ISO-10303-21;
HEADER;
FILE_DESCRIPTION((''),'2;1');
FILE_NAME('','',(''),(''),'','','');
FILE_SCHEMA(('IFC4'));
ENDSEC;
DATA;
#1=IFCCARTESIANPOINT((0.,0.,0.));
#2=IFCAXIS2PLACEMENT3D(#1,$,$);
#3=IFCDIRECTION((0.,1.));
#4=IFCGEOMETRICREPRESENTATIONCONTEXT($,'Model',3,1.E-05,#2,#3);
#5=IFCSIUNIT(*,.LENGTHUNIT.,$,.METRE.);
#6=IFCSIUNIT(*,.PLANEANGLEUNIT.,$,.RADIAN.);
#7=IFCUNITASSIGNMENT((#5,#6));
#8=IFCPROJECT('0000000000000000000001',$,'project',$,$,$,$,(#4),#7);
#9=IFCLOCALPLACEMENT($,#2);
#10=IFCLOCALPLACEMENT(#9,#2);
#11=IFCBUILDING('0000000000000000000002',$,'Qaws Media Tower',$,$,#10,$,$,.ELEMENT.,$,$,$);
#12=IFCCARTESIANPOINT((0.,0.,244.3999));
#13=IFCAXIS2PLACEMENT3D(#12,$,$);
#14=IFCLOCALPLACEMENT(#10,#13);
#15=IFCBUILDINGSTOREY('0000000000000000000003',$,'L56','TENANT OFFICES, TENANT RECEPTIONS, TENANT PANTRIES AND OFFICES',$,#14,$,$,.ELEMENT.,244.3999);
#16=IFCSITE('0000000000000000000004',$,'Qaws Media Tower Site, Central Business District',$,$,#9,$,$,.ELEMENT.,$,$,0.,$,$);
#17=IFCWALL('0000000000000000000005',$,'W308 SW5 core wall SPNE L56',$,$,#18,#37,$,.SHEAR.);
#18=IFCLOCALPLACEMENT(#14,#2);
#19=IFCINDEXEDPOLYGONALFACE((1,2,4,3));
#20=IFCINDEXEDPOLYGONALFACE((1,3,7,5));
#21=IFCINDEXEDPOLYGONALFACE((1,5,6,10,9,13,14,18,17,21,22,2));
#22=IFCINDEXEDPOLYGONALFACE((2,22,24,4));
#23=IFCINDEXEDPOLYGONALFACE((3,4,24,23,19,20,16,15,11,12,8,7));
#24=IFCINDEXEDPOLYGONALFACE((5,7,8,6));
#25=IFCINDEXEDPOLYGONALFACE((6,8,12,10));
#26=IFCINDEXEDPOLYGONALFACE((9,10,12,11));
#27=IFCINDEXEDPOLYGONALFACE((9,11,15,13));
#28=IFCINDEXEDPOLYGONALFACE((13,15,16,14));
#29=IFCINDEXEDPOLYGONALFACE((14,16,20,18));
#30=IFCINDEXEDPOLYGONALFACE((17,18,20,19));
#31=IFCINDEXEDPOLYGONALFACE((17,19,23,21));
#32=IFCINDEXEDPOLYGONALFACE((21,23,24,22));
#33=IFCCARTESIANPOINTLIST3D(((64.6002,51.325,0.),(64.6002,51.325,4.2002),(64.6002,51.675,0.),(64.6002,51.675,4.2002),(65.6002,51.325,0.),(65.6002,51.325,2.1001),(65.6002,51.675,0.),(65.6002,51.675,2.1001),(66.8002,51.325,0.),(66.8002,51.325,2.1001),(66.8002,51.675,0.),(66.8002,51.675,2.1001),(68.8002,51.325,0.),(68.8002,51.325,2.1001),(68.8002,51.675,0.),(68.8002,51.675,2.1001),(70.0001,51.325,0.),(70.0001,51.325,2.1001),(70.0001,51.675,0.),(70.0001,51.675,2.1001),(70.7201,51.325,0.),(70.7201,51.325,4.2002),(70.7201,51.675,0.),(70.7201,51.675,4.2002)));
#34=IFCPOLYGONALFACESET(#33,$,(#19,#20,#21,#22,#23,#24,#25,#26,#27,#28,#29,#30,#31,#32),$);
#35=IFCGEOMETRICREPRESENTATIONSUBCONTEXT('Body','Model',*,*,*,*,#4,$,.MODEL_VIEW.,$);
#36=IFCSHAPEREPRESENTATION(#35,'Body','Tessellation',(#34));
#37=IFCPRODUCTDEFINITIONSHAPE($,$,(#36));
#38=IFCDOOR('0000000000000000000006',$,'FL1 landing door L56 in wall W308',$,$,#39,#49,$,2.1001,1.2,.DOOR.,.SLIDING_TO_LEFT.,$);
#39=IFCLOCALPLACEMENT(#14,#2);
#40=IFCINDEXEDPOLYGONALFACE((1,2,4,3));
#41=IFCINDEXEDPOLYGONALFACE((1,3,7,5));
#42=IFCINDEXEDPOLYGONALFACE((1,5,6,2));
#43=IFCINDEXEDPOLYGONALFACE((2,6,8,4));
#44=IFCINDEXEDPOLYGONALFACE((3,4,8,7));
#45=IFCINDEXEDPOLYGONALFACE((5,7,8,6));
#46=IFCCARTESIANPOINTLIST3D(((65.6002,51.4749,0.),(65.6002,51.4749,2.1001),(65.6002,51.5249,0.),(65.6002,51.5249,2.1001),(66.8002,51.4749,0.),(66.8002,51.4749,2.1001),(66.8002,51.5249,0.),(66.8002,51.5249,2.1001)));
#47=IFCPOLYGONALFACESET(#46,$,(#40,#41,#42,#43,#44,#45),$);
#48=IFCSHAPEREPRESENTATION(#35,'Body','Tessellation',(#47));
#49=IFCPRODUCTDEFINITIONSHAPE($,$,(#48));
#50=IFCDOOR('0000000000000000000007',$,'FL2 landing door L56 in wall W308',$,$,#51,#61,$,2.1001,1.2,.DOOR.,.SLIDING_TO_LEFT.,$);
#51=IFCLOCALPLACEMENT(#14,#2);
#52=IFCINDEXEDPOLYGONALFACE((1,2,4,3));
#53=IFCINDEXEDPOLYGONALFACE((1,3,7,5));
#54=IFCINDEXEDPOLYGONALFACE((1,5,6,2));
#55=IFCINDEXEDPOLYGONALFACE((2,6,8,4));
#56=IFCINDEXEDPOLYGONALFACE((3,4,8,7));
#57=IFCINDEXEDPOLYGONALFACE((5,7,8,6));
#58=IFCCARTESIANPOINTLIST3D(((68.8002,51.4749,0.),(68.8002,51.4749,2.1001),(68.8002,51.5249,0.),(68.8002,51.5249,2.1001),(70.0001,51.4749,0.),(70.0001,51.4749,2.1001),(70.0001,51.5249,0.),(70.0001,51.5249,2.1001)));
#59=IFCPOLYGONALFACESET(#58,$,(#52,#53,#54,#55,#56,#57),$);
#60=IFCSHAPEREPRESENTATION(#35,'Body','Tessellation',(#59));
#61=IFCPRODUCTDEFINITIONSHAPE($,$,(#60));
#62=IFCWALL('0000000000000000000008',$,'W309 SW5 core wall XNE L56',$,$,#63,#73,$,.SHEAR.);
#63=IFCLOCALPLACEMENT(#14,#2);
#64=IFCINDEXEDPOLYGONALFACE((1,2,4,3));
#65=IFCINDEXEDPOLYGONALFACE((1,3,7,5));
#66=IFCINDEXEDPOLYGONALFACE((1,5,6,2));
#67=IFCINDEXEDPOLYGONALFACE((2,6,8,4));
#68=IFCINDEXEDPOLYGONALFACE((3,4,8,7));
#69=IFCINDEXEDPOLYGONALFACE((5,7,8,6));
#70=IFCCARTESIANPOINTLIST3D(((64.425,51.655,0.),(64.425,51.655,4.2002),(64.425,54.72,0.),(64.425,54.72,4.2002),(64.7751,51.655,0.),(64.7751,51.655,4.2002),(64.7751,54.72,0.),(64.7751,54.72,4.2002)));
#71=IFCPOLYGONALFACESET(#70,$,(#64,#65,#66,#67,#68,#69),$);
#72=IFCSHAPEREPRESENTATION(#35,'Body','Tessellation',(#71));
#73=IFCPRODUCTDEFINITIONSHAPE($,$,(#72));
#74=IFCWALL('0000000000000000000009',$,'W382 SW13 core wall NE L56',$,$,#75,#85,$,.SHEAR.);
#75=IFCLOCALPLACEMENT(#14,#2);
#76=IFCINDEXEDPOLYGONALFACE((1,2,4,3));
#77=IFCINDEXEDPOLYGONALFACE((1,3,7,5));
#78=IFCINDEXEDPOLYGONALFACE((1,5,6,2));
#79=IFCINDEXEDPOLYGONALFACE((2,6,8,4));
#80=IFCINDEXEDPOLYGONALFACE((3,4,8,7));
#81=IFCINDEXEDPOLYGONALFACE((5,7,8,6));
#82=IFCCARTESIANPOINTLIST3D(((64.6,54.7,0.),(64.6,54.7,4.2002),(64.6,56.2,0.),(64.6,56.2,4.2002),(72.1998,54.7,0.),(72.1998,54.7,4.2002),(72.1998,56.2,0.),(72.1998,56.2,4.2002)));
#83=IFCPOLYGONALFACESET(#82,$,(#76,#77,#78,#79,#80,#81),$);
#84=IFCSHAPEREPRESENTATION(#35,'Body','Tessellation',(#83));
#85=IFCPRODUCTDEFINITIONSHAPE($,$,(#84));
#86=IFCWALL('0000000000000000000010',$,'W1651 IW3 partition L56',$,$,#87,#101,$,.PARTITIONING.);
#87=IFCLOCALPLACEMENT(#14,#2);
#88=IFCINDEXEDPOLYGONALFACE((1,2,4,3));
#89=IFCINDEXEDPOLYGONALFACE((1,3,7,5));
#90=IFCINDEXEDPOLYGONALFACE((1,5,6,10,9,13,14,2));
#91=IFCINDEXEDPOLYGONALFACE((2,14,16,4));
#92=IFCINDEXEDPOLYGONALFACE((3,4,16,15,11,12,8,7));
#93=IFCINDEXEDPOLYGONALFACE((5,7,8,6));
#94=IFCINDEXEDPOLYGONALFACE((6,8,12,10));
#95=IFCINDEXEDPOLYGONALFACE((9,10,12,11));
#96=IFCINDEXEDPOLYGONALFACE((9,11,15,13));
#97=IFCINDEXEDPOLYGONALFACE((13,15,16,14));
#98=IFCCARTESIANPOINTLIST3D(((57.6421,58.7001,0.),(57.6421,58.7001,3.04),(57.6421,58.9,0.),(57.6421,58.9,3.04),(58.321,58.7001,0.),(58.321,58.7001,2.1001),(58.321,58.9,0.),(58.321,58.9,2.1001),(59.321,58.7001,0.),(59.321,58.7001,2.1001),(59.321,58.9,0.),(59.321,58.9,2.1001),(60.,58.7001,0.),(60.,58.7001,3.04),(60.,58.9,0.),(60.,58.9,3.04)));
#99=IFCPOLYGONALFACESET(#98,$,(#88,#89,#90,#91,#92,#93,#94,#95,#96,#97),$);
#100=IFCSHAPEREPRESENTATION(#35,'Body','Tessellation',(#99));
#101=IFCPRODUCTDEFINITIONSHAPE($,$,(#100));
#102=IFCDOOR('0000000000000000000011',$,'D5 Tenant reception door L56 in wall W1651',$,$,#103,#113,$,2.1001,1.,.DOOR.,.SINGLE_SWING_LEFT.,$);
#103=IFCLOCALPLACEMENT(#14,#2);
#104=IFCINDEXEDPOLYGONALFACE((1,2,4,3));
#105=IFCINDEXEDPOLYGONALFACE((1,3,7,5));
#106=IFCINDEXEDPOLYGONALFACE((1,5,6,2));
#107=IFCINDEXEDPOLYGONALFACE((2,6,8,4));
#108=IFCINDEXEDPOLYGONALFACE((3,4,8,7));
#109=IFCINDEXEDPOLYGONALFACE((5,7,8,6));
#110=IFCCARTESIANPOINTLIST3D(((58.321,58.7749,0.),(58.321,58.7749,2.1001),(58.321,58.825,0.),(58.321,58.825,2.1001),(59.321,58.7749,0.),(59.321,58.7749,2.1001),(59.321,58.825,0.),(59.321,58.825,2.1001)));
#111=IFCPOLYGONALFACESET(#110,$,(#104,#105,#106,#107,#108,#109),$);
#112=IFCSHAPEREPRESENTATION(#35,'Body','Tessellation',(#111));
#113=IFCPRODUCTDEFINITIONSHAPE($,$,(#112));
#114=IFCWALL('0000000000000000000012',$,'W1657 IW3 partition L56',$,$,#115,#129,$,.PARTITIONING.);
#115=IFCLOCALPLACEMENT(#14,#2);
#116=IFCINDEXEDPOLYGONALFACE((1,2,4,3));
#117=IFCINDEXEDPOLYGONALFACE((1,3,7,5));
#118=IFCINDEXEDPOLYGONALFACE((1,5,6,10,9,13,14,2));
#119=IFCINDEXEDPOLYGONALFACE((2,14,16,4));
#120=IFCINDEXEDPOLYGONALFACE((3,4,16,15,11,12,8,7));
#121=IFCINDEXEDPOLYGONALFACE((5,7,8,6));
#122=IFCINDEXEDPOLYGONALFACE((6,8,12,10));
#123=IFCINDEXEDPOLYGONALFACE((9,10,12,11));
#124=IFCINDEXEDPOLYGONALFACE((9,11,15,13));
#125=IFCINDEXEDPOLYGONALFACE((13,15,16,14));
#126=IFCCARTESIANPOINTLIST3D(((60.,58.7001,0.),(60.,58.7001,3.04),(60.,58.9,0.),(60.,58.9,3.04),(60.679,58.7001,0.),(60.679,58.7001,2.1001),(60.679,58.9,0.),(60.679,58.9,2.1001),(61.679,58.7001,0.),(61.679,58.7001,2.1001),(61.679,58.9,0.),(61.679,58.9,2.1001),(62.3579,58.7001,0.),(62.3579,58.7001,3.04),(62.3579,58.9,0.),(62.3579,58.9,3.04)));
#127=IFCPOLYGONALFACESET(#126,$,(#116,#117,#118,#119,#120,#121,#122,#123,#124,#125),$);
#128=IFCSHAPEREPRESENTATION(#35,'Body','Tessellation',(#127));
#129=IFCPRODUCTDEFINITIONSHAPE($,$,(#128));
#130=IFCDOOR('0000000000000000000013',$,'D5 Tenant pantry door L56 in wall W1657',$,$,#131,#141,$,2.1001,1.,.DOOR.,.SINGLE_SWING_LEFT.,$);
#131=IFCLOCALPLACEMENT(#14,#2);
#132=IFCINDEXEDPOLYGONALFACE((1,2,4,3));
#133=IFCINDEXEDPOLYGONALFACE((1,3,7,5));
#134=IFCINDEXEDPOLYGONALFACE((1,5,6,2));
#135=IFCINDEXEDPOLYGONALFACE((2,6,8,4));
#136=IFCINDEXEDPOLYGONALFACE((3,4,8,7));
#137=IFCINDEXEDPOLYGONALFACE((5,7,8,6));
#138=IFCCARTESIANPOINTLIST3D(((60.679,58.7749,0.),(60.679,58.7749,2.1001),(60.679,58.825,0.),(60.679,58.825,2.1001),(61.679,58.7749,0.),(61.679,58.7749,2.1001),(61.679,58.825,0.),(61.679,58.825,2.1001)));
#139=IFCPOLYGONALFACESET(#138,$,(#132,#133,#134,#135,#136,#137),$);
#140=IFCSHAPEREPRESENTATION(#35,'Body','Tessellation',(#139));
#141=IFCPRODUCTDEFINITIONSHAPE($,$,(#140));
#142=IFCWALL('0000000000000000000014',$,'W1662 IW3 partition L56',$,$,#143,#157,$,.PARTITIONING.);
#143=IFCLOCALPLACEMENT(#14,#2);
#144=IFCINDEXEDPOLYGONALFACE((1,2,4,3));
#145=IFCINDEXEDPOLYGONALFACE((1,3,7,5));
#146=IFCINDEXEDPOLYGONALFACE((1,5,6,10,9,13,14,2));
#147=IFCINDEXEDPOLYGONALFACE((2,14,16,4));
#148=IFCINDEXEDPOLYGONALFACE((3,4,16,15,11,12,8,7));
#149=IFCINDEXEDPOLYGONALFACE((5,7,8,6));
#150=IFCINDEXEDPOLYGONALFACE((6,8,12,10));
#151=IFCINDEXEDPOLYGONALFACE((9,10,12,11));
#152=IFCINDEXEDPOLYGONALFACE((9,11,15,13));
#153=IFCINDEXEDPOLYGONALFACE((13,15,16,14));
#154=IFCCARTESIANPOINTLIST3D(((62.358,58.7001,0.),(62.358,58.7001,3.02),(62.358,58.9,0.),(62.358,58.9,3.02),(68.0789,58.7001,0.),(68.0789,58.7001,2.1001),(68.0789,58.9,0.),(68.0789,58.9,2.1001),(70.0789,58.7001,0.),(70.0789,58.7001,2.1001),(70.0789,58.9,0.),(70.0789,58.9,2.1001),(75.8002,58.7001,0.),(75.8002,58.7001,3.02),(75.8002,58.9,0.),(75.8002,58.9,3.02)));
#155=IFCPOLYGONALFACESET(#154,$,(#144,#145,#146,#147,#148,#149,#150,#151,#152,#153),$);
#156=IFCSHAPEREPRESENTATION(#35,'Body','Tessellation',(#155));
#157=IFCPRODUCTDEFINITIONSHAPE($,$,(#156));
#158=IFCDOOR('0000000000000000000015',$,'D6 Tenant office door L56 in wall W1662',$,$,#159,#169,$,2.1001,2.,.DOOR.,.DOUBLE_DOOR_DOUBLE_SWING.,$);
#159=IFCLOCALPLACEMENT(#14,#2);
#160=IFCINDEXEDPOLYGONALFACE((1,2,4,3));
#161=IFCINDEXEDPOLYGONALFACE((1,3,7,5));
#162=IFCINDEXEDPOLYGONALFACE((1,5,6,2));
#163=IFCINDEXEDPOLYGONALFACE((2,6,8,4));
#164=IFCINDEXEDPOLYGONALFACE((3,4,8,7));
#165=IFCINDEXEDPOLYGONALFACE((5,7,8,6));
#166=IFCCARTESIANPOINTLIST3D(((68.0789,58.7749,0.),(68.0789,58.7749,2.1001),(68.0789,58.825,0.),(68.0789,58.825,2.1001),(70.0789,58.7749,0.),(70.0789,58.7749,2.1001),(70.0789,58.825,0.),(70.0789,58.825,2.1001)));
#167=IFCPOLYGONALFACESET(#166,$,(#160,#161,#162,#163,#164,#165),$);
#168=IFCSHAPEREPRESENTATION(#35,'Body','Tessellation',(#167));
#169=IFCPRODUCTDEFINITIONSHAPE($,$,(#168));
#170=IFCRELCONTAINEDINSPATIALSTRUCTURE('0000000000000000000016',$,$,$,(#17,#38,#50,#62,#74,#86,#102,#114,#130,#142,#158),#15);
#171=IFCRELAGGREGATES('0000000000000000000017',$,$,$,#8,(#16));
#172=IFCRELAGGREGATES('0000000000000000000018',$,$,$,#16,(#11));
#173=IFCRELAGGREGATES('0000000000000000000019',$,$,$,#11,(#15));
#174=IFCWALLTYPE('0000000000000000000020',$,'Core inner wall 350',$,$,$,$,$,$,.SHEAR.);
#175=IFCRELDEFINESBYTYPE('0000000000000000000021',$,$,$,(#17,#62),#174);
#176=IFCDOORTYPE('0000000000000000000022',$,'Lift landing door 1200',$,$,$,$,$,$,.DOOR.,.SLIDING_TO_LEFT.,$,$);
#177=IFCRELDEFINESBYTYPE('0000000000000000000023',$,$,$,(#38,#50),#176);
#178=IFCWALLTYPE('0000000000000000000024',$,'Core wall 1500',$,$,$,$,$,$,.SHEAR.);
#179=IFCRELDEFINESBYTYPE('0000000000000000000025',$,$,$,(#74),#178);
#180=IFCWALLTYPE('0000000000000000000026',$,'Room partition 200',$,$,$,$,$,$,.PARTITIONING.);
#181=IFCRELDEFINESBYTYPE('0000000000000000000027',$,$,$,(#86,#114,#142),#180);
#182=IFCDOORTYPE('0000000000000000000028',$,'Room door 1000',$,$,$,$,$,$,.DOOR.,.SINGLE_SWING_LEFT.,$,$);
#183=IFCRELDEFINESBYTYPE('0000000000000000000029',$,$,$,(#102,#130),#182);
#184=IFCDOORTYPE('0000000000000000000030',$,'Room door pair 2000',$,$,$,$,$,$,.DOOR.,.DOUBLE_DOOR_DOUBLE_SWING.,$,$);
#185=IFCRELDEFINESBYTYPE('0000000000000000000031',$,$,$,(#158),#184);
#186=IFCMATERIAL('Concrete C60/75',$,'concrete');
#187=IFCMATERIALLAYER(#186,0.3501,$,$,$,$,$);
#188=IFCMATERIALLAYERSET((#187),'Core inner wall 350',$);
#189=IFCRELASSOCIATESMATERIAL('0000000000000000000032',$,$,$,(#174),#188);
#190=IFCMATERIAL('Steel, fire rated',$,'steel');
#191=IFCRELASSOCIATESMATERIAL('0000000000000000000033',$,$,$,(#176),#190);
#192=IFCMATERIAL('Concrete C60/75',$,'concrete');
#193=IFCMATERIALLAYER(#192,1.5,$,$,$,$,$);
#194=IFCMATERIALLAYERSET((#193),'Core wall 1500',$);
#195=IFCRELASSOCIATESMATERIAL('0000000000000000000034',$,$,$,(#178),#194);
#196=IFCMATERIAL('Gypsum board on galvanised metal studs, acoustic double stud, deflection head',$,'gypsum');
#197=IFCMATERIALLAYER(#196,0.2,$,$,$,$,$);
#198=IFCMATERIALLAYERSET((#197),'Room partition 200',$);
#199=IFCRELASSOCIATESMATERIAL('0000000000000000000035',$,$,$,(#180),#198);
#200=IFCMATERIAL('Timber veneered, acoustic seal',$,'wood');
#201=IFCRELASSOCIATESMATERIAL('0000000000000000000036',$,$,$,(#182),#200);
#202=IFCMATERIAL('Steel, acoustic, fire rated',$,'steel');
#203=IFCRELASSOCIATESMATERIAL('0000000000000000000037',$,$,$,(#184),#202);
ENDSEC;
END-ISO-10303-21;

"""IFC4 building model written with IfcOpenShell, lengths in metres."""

from ifc_helpers import new_model, si_unit, direction, frame, frame_2d, origin, place, context, subcontext, project, spatial, rectangle, extrude, material, layer, layer_set, type_object, element, fill, save


model = new_model("IFC4")

# Units and contexts
model_context = context("Model", 3, precision=1e-05, world=origin(), true_north=direction((0.0, 1.0)))
body_context = subcontext(model_context, "Body", "Model", "MODEL_VIEW")
ifc_project = project(units=[si_unit("LENGTHUNIT", "METRE"), si_unit("PLANEANGLEUNIT", "RADIAN")], contexts=[model_context])

# Site, building, storey
site_placement = place(None, origin())
site = spatial("IfcSite", under=ifc_project, at=site_placement, Name="Qaws Media Tower Site, Central Business District", CompositionType="ELEMENT", RefElevation=0.0)
building_placement = place(site_placement, origin())
building = spatial("IfcBuilding", under=site, at=building_placement, Name="Qaws Media Tower", CompositionType="ELEMENT")
storey_placement = place(building_placement, frame((0.0, 0.0, 244.3999)))
storey = spatial("IfcBuildingStorey", under=building, at=storey_placement, Name="L56", Description="TENANT OFFICES, TENANT RECEPTIONS, TENANT PANTRIES AND OFFICES", CompositionType="ELEMENT", Elevation=244.3999)

# Wall, openings, doors
ifc_material_1 = material(Name="Concrete C60/75", Category="concrete")
ifc_layer_1 = layer(ifc_material_1, 0.3501)
ifc_layer_set_1 = layer_set([ifc_layer_1], Name="Core inner wall 350")
wall_type_1 = type_object("IfcWallType", Name="Core inner wall 350", PredefinedType="SHEAR", material=ifc_layer_set_1)
wall_1_placement = place(storey_placement, frame((64.6001, 51.5, 0.0), z_axis=(0.0, 0.0, 1.0), x_axis=(1.0, 0.0, 0.0)))
wall_1 = element("IfcWall", 1, at=wall_1_placement, inside=storey, type_object=wall_type_1, Name="W308 SW5 core wall SPNE L56", PredefinedType="SHEAR", context=body_context, shape_type="SweptSolid", body=[
    extrude(rectangle(XDim=6.1199, YDim=0.3501, at=frame_2d((3.0601, 0.0))), origin(), (0.0, 0.0, 1.0), 4.2002),
])
opening_1_placement = place(wall_1_placement, frame((1.0, 0.0, 0.0)))
opening_1 = element("IfcOpeningElement", 2, at=opening_1_placement, cuts=wall_1, PredefinedType="OPENING", context=body_context, shape_type="SweptSolid", body=[
    extrude(rectangle(XDim=1.2, YDim=2.1001, at=frame_2d((0.6001, 1.05))), frame((0.0, 0.1851, 0.0), z_axis=(0.0, -1.0, 0.0), x_axis=(1.0, 0.0, 0.0)), (0.0, 0.0, 1.0), 0.3701),
])
opening_2_placement = place(wall_1_placement, frame((4.2, 0.0, 0.0)))
opening_2 = element("IfcOpeningElement", 3, at=opening_2_placement, cuts=wall_1, PredefinedType="OPENING", context=body_context, shape_type="SweptSolid", body=[
    extrude(rectangle(XDim=1.2, YDim=2.1001, at=frame_2d((0.6001, 1.05))), frame((0.0, 0.1851, 0.0), z_axis=(0.0, -1.0, 0.0), x_axis=(1.0, 0.0, 0.0)), (0.0, 0.0, 1.0), 0.3701),
])
ifc_material_2 = material(Name="Steel, fire rated", Category="steel")
door_type_1 = type_object("IfcDoorType", Name="Lift landing door 1200", OperationType="SLIDING_TO_LEFT", PredefinedType="DOOR", material=ifc_material_2)
door_1_placement = place(opening_1_placement, origin())
door_1 = element("IfcDoor", 4, at=door_1_placement, inside=storey, type_object=door_type_1, Name="FL1 landing door L56 in wall W308", OperationType="SLIDING_TO_LEFT", OverallHeight=2.1001, OverallWidth=1.2, PredefinedType="DOOR", context=body_context, shape_type="SweptSolid", body=[
    extrude(rectangle(XDim=1.2, YDim=2.1001, at=frame_2d((0.6001, 1.05))), frame((0.0, 0.0249, 0.0), z_axis=(0.0, -1.0, 0.0), x_axis=(1.0, 0.0, 0.0)), (0.0, 0.0, 1.0), 0.05),
])
fill(opening_1, door_1)
door_2_placement = place(opening_2_placement, origin())
door_2 = element("IfcDoor", 5, at=door_2_placement, inside=storey, type_object=door_type_1, Name="FL2 landing door L56 in wall W308", OperationType="SLIDING_TO_LEFT", OverallHeight=2.1001, OverallWidth=1.2, PredefinedType="DOOR", context=body_context, shape_type="SweptSolid", body=[
    extrude(rectangle(XDim=1.2, YDim=2.1001, at=frame_2d((0.6001, 1.05))), frame((0.0, 0.0249, 0.0), z_axis=(0.0, -1.0, 0.0), x_axis=(1.0, 0.0, 0.0)), (0.0, 0.0, 1.0), 0.05),
])
fill(opening_2, door_2)

# Walls
wall_2_placement = place(storey_placement, frame((64.6001, 51.655, 0.0), z_axis=(0.0, 0.0, 1.0), x_axis=(0.0, 1.0, 0.0)))
element("IfcWall", 6, at=wall_2_placement, inside=storey, type_object=wall_type_1, Name="W309 SW5 core wall XNE L56", PredefinedType="SHEAR", context=body_context, shape_type="SweptSolid", body=[
    extrude(rectangle(XDim=3.0649, YDim=0.3501, at=frame_2d((1.5325, 0.0))), origin(), (0.0, 0.0, 1.0), 4.2002),
])
ifc_material_3 = material(Name="Concrete C60/75", Category="concrete")
ifc_layer_2 = layer(ifc_material_3, 1.5)
ifc_layer_set_2 = layer_set([ifc_layer_2], Name="Core wall 1500")
wall_type_2 = type_object("IfcWallType", Name="Core wall 1500", PredefinedType="SHEAR", material=ifc_layer_set_2)
wall_3_placement = place(storey_placement, frame((64.6001, 55.45, 0.0), z_axis=(0.0, 0.0, 1.0), x_axis=(1.0, 0.0, 0.0)))
element("IfcWall", 7, at=wall_3_placement, inside=storey, type_object=wall_type_2, Name="W382 SW13 core wall NE L56", PredefinedType="SHEAR", context=body_context, shape_type="SweptSolid", body=[
    extrude(rectangle(XDim=7.5999, YDim=1.5, at=frame_2d((3.7998, 0.0))), origin(), (0.0, 0.0, 1.0), 4.2002),
])

# Walls, openings, doors
ifc_material_4 = material(Name="Gypsum board on galvanised metal studs, acoustic double stud, deflection head", Category="gypsum")
ifc_layer_3 = layer(ifc_material_4, 0.2)
ifc_layer_set_3 = layer_set([ifc_layer_3], Name="Room partition 200")
wall_type_3 = type_object("IfcWallType", Name="Room partition 200", PredefinedType="PARTITIONING", material=ifc_layer_set_3)
wall_4_placement = place(storey_placement, frame((57.6421, 58.8, 0.0), z_axis=(0.0, 0.0, 1.0), x_axis=(1.0, 0.0, 0.0)))
wall_4 = element("IfcWall", 8, at=wall_4_placement, inside=storey, type_object=wall_type_3, Name="W1651 IW3 partition L56", PredefinedType="PARTITIONING", context=body_context, shape_type="SweptSolid", body=[
    extrude(rectangle(XDim=2.3579, YDim=0.2, at=frame_2d((1.179, 0.0))), origin(), (0.0, 0.0, 1.0), 3.04),
])
opening_3_placement = place(wall_4_placement, frame((0.679, 0.0, 0.0)))
opening_3 = element("IfcOpeningElement", 9, at=opening_3_placement, cuts=wall_4, PredefinedType="OPENING", context=body_context, shape_type="SweptSolid", body=[
    extrude(rectangle(XDim=1.0, YDim=2.1001, at=frame_2d((0.5, 1.05))), frame((0.0, 0.1099, 0.0), z_axis=(0.0, -1.0, 0.0), x_axis=(1.0, 0.0, 0.0)), (0.0, 0.0, 1.0), 0.22),
])
ifc_material_5 = material(Name="Timber veneered, acoustic seal", Category="wood")
door_type_2 = type_object("IfcDoorType", Name="Room door 1000", OperationType="SINGLE_SWING_LEFT", PredefinedType="DOOR", material=ifc_material_5)
door_3_placement = place(opening_3_placement, origin())
door_3 = element("IfcDoor", 10, at=door_3_placement, inside=storey, type_object=door_type_2, Name="D5 Tenant reception door L56 in wall W1651", OperationType="SINGLE_SWING_LEFT", OverallHeight=2.1001, OverallWidth=1.0, PredefinedType="DOOR", context=body_context, shape_type="SweptSolid", body=[
    extrude(rectangle(XDim=1.0, YDim=2.1001, at=frame_2d((0.5, 1.05))), frame((0.0, 0.0249, 0.0), z_axis=(0.0, -1.0, 0.0), x_axis=(1.0, 0.0, 0.0)), (0.0, 0.0, 1.0), 0.05),
])
fill(opening_3, door_3)
wall_5_placement = place(storey_placement, frame((60.0, 58.8, 0.0), z_axis=(0.0, 0.0, 1.0), x_axis=(1.0, 0.0, 0.0)))
wall_5 = element("IfcWall", 11, at=wall_5_placement, inside=storey, type_object=wall_type_3, Name="W1657 IW3 partition L56", PredefinedType="PARTITIONING", context=body_context, shape_type="SweptSolid", body=[
    extrude(rectangle(XDim=2.3579, YDim=0.2, at=frame_2d((1.179, 0.0))), origin(), (0.0, 0.0, 1.0), 3.04),
])
opening_4_placement = place(wall_5_placement, frame((0.679, 0.0, 0.0)))
opening_4 = element("IfcOpeningElement", 12, at=opening_4_placement, cuts=wall_5, PredefinedType="OPENING", context=body_context, shape_type="SweptSolid", body=[
    extrude(rectangle(XDim=1.0, YDim=2.1001, at=frame_2d((0.5, 1.05))), frame((0.0, 0.1099, 0.0), z_axis=(0.0, -1.0, 0.0), x_axis=(1.0, 0.0, 0.0)), (0.0, 0.0, 1.0), 0.22),
])
door_4_placement = place(opening_4_placement, origin())
door_4 = element("IfcDoor", 13, at=door_4_placement, inside=storey, type_object=door_type_2, Name="D5 Tenant pantry door L56 in wall W1657", OperationType="SINGLE_SWING_LEFT", OverallHeight=2.1001, OverallWidth=1.0, PredefinedType="DOOR", context=body_context, shape_type="SweptSolid", body=[
    extrude(rectangle(XDim=1.0, YDim=2.1001, at=frame_2d((0.5, 1.05))), frame((0.0, 0.0249, 0.0), z_axis=(0.0, -1.0, 0.0), x_axis=(1.0, 0.0, 0.0)), (0.0, 0.0, 1.0), 0.05),
])
fill(opening_4, door_4)
wall_6_placement = place(storey_placement, frame((62.3579, 58.8, 0.0), z_axis=(0.0, 0.0, 1.0), x_axis=(1.0, 0.0, 0.0)))
wall_6 = element("IfcWall", 14, at=wall_6_placement, inside=storey, type_object=wall_type_3, Name="W1662 IW3 partition L56", PredefinedType="PARTITIONING", context=body_context, shape_type="SweptSolid", body=[
    extrude(rectangle(XDim=13.4421, YDim=0.2, at=frame_2d((6.7212, 0.0))), origin(), (0.0, 0.0, 1.0), 3.02),
])
opening_5_placement = place(wall_6_placement, frame((5.7209, 0.0, 0.0)))
opening_5 = element("IfcOpeningElement", 15, at=opening_5_placement, cuts=wall_6, PredefinedType="OPENING", context=body_context, shape_type="SweptSolid", body=[
    extrude(rectangle(XDim=2.0, YDim=2.1001, at=frame_2d((1.0, 1.05))), frame((0.0, 0.1099, 0.0), z_axis=(0.0, -1.0, 0.0), x_axis=(1.0, 0.0, 0.0)), (0.0, 0.0, 1.0), 0.22),
])
ifc_material_6 = material(Name="Steel, acoustic, fire rated", Category="steel")
door_type_3 = type_object("IfcDoorType", Name="Room door pair 2000", OperationType="DOUBLE_DOOR_DOUBLE_SWING", PredefinedType="DOOR", material=ifc_material_6)
door_5_placement = place(opening_5_placement, origin())
door_5 = element("IfcDoor", 16, at=door_5_placement, inside=storey, type_object=door_type_3, Name="D6 Tenant office door L56 in wall W1662", OperationType="DOUBLE_DOOR_DOUBLE_SWING", OverallHeight=2.1001, OverallWidth=2.0, PredefinedType="DOOR", context=body_context, shape_type="SweptSolid", body=[
    extrude(rectangle(XDim=2.0, YDim=2.1001, at=frame_2d((1.0, 1.05))), frame((0.0, 0.0249, 0.0), z_axis=(0.0, -1.0, 0.0), x_axis=(1.0, 0.0, 0.0)), (0.0, 0.0, 1.0), 0.05),
])
fill(opening_5, door_5)

save(model, "model.ifc")
